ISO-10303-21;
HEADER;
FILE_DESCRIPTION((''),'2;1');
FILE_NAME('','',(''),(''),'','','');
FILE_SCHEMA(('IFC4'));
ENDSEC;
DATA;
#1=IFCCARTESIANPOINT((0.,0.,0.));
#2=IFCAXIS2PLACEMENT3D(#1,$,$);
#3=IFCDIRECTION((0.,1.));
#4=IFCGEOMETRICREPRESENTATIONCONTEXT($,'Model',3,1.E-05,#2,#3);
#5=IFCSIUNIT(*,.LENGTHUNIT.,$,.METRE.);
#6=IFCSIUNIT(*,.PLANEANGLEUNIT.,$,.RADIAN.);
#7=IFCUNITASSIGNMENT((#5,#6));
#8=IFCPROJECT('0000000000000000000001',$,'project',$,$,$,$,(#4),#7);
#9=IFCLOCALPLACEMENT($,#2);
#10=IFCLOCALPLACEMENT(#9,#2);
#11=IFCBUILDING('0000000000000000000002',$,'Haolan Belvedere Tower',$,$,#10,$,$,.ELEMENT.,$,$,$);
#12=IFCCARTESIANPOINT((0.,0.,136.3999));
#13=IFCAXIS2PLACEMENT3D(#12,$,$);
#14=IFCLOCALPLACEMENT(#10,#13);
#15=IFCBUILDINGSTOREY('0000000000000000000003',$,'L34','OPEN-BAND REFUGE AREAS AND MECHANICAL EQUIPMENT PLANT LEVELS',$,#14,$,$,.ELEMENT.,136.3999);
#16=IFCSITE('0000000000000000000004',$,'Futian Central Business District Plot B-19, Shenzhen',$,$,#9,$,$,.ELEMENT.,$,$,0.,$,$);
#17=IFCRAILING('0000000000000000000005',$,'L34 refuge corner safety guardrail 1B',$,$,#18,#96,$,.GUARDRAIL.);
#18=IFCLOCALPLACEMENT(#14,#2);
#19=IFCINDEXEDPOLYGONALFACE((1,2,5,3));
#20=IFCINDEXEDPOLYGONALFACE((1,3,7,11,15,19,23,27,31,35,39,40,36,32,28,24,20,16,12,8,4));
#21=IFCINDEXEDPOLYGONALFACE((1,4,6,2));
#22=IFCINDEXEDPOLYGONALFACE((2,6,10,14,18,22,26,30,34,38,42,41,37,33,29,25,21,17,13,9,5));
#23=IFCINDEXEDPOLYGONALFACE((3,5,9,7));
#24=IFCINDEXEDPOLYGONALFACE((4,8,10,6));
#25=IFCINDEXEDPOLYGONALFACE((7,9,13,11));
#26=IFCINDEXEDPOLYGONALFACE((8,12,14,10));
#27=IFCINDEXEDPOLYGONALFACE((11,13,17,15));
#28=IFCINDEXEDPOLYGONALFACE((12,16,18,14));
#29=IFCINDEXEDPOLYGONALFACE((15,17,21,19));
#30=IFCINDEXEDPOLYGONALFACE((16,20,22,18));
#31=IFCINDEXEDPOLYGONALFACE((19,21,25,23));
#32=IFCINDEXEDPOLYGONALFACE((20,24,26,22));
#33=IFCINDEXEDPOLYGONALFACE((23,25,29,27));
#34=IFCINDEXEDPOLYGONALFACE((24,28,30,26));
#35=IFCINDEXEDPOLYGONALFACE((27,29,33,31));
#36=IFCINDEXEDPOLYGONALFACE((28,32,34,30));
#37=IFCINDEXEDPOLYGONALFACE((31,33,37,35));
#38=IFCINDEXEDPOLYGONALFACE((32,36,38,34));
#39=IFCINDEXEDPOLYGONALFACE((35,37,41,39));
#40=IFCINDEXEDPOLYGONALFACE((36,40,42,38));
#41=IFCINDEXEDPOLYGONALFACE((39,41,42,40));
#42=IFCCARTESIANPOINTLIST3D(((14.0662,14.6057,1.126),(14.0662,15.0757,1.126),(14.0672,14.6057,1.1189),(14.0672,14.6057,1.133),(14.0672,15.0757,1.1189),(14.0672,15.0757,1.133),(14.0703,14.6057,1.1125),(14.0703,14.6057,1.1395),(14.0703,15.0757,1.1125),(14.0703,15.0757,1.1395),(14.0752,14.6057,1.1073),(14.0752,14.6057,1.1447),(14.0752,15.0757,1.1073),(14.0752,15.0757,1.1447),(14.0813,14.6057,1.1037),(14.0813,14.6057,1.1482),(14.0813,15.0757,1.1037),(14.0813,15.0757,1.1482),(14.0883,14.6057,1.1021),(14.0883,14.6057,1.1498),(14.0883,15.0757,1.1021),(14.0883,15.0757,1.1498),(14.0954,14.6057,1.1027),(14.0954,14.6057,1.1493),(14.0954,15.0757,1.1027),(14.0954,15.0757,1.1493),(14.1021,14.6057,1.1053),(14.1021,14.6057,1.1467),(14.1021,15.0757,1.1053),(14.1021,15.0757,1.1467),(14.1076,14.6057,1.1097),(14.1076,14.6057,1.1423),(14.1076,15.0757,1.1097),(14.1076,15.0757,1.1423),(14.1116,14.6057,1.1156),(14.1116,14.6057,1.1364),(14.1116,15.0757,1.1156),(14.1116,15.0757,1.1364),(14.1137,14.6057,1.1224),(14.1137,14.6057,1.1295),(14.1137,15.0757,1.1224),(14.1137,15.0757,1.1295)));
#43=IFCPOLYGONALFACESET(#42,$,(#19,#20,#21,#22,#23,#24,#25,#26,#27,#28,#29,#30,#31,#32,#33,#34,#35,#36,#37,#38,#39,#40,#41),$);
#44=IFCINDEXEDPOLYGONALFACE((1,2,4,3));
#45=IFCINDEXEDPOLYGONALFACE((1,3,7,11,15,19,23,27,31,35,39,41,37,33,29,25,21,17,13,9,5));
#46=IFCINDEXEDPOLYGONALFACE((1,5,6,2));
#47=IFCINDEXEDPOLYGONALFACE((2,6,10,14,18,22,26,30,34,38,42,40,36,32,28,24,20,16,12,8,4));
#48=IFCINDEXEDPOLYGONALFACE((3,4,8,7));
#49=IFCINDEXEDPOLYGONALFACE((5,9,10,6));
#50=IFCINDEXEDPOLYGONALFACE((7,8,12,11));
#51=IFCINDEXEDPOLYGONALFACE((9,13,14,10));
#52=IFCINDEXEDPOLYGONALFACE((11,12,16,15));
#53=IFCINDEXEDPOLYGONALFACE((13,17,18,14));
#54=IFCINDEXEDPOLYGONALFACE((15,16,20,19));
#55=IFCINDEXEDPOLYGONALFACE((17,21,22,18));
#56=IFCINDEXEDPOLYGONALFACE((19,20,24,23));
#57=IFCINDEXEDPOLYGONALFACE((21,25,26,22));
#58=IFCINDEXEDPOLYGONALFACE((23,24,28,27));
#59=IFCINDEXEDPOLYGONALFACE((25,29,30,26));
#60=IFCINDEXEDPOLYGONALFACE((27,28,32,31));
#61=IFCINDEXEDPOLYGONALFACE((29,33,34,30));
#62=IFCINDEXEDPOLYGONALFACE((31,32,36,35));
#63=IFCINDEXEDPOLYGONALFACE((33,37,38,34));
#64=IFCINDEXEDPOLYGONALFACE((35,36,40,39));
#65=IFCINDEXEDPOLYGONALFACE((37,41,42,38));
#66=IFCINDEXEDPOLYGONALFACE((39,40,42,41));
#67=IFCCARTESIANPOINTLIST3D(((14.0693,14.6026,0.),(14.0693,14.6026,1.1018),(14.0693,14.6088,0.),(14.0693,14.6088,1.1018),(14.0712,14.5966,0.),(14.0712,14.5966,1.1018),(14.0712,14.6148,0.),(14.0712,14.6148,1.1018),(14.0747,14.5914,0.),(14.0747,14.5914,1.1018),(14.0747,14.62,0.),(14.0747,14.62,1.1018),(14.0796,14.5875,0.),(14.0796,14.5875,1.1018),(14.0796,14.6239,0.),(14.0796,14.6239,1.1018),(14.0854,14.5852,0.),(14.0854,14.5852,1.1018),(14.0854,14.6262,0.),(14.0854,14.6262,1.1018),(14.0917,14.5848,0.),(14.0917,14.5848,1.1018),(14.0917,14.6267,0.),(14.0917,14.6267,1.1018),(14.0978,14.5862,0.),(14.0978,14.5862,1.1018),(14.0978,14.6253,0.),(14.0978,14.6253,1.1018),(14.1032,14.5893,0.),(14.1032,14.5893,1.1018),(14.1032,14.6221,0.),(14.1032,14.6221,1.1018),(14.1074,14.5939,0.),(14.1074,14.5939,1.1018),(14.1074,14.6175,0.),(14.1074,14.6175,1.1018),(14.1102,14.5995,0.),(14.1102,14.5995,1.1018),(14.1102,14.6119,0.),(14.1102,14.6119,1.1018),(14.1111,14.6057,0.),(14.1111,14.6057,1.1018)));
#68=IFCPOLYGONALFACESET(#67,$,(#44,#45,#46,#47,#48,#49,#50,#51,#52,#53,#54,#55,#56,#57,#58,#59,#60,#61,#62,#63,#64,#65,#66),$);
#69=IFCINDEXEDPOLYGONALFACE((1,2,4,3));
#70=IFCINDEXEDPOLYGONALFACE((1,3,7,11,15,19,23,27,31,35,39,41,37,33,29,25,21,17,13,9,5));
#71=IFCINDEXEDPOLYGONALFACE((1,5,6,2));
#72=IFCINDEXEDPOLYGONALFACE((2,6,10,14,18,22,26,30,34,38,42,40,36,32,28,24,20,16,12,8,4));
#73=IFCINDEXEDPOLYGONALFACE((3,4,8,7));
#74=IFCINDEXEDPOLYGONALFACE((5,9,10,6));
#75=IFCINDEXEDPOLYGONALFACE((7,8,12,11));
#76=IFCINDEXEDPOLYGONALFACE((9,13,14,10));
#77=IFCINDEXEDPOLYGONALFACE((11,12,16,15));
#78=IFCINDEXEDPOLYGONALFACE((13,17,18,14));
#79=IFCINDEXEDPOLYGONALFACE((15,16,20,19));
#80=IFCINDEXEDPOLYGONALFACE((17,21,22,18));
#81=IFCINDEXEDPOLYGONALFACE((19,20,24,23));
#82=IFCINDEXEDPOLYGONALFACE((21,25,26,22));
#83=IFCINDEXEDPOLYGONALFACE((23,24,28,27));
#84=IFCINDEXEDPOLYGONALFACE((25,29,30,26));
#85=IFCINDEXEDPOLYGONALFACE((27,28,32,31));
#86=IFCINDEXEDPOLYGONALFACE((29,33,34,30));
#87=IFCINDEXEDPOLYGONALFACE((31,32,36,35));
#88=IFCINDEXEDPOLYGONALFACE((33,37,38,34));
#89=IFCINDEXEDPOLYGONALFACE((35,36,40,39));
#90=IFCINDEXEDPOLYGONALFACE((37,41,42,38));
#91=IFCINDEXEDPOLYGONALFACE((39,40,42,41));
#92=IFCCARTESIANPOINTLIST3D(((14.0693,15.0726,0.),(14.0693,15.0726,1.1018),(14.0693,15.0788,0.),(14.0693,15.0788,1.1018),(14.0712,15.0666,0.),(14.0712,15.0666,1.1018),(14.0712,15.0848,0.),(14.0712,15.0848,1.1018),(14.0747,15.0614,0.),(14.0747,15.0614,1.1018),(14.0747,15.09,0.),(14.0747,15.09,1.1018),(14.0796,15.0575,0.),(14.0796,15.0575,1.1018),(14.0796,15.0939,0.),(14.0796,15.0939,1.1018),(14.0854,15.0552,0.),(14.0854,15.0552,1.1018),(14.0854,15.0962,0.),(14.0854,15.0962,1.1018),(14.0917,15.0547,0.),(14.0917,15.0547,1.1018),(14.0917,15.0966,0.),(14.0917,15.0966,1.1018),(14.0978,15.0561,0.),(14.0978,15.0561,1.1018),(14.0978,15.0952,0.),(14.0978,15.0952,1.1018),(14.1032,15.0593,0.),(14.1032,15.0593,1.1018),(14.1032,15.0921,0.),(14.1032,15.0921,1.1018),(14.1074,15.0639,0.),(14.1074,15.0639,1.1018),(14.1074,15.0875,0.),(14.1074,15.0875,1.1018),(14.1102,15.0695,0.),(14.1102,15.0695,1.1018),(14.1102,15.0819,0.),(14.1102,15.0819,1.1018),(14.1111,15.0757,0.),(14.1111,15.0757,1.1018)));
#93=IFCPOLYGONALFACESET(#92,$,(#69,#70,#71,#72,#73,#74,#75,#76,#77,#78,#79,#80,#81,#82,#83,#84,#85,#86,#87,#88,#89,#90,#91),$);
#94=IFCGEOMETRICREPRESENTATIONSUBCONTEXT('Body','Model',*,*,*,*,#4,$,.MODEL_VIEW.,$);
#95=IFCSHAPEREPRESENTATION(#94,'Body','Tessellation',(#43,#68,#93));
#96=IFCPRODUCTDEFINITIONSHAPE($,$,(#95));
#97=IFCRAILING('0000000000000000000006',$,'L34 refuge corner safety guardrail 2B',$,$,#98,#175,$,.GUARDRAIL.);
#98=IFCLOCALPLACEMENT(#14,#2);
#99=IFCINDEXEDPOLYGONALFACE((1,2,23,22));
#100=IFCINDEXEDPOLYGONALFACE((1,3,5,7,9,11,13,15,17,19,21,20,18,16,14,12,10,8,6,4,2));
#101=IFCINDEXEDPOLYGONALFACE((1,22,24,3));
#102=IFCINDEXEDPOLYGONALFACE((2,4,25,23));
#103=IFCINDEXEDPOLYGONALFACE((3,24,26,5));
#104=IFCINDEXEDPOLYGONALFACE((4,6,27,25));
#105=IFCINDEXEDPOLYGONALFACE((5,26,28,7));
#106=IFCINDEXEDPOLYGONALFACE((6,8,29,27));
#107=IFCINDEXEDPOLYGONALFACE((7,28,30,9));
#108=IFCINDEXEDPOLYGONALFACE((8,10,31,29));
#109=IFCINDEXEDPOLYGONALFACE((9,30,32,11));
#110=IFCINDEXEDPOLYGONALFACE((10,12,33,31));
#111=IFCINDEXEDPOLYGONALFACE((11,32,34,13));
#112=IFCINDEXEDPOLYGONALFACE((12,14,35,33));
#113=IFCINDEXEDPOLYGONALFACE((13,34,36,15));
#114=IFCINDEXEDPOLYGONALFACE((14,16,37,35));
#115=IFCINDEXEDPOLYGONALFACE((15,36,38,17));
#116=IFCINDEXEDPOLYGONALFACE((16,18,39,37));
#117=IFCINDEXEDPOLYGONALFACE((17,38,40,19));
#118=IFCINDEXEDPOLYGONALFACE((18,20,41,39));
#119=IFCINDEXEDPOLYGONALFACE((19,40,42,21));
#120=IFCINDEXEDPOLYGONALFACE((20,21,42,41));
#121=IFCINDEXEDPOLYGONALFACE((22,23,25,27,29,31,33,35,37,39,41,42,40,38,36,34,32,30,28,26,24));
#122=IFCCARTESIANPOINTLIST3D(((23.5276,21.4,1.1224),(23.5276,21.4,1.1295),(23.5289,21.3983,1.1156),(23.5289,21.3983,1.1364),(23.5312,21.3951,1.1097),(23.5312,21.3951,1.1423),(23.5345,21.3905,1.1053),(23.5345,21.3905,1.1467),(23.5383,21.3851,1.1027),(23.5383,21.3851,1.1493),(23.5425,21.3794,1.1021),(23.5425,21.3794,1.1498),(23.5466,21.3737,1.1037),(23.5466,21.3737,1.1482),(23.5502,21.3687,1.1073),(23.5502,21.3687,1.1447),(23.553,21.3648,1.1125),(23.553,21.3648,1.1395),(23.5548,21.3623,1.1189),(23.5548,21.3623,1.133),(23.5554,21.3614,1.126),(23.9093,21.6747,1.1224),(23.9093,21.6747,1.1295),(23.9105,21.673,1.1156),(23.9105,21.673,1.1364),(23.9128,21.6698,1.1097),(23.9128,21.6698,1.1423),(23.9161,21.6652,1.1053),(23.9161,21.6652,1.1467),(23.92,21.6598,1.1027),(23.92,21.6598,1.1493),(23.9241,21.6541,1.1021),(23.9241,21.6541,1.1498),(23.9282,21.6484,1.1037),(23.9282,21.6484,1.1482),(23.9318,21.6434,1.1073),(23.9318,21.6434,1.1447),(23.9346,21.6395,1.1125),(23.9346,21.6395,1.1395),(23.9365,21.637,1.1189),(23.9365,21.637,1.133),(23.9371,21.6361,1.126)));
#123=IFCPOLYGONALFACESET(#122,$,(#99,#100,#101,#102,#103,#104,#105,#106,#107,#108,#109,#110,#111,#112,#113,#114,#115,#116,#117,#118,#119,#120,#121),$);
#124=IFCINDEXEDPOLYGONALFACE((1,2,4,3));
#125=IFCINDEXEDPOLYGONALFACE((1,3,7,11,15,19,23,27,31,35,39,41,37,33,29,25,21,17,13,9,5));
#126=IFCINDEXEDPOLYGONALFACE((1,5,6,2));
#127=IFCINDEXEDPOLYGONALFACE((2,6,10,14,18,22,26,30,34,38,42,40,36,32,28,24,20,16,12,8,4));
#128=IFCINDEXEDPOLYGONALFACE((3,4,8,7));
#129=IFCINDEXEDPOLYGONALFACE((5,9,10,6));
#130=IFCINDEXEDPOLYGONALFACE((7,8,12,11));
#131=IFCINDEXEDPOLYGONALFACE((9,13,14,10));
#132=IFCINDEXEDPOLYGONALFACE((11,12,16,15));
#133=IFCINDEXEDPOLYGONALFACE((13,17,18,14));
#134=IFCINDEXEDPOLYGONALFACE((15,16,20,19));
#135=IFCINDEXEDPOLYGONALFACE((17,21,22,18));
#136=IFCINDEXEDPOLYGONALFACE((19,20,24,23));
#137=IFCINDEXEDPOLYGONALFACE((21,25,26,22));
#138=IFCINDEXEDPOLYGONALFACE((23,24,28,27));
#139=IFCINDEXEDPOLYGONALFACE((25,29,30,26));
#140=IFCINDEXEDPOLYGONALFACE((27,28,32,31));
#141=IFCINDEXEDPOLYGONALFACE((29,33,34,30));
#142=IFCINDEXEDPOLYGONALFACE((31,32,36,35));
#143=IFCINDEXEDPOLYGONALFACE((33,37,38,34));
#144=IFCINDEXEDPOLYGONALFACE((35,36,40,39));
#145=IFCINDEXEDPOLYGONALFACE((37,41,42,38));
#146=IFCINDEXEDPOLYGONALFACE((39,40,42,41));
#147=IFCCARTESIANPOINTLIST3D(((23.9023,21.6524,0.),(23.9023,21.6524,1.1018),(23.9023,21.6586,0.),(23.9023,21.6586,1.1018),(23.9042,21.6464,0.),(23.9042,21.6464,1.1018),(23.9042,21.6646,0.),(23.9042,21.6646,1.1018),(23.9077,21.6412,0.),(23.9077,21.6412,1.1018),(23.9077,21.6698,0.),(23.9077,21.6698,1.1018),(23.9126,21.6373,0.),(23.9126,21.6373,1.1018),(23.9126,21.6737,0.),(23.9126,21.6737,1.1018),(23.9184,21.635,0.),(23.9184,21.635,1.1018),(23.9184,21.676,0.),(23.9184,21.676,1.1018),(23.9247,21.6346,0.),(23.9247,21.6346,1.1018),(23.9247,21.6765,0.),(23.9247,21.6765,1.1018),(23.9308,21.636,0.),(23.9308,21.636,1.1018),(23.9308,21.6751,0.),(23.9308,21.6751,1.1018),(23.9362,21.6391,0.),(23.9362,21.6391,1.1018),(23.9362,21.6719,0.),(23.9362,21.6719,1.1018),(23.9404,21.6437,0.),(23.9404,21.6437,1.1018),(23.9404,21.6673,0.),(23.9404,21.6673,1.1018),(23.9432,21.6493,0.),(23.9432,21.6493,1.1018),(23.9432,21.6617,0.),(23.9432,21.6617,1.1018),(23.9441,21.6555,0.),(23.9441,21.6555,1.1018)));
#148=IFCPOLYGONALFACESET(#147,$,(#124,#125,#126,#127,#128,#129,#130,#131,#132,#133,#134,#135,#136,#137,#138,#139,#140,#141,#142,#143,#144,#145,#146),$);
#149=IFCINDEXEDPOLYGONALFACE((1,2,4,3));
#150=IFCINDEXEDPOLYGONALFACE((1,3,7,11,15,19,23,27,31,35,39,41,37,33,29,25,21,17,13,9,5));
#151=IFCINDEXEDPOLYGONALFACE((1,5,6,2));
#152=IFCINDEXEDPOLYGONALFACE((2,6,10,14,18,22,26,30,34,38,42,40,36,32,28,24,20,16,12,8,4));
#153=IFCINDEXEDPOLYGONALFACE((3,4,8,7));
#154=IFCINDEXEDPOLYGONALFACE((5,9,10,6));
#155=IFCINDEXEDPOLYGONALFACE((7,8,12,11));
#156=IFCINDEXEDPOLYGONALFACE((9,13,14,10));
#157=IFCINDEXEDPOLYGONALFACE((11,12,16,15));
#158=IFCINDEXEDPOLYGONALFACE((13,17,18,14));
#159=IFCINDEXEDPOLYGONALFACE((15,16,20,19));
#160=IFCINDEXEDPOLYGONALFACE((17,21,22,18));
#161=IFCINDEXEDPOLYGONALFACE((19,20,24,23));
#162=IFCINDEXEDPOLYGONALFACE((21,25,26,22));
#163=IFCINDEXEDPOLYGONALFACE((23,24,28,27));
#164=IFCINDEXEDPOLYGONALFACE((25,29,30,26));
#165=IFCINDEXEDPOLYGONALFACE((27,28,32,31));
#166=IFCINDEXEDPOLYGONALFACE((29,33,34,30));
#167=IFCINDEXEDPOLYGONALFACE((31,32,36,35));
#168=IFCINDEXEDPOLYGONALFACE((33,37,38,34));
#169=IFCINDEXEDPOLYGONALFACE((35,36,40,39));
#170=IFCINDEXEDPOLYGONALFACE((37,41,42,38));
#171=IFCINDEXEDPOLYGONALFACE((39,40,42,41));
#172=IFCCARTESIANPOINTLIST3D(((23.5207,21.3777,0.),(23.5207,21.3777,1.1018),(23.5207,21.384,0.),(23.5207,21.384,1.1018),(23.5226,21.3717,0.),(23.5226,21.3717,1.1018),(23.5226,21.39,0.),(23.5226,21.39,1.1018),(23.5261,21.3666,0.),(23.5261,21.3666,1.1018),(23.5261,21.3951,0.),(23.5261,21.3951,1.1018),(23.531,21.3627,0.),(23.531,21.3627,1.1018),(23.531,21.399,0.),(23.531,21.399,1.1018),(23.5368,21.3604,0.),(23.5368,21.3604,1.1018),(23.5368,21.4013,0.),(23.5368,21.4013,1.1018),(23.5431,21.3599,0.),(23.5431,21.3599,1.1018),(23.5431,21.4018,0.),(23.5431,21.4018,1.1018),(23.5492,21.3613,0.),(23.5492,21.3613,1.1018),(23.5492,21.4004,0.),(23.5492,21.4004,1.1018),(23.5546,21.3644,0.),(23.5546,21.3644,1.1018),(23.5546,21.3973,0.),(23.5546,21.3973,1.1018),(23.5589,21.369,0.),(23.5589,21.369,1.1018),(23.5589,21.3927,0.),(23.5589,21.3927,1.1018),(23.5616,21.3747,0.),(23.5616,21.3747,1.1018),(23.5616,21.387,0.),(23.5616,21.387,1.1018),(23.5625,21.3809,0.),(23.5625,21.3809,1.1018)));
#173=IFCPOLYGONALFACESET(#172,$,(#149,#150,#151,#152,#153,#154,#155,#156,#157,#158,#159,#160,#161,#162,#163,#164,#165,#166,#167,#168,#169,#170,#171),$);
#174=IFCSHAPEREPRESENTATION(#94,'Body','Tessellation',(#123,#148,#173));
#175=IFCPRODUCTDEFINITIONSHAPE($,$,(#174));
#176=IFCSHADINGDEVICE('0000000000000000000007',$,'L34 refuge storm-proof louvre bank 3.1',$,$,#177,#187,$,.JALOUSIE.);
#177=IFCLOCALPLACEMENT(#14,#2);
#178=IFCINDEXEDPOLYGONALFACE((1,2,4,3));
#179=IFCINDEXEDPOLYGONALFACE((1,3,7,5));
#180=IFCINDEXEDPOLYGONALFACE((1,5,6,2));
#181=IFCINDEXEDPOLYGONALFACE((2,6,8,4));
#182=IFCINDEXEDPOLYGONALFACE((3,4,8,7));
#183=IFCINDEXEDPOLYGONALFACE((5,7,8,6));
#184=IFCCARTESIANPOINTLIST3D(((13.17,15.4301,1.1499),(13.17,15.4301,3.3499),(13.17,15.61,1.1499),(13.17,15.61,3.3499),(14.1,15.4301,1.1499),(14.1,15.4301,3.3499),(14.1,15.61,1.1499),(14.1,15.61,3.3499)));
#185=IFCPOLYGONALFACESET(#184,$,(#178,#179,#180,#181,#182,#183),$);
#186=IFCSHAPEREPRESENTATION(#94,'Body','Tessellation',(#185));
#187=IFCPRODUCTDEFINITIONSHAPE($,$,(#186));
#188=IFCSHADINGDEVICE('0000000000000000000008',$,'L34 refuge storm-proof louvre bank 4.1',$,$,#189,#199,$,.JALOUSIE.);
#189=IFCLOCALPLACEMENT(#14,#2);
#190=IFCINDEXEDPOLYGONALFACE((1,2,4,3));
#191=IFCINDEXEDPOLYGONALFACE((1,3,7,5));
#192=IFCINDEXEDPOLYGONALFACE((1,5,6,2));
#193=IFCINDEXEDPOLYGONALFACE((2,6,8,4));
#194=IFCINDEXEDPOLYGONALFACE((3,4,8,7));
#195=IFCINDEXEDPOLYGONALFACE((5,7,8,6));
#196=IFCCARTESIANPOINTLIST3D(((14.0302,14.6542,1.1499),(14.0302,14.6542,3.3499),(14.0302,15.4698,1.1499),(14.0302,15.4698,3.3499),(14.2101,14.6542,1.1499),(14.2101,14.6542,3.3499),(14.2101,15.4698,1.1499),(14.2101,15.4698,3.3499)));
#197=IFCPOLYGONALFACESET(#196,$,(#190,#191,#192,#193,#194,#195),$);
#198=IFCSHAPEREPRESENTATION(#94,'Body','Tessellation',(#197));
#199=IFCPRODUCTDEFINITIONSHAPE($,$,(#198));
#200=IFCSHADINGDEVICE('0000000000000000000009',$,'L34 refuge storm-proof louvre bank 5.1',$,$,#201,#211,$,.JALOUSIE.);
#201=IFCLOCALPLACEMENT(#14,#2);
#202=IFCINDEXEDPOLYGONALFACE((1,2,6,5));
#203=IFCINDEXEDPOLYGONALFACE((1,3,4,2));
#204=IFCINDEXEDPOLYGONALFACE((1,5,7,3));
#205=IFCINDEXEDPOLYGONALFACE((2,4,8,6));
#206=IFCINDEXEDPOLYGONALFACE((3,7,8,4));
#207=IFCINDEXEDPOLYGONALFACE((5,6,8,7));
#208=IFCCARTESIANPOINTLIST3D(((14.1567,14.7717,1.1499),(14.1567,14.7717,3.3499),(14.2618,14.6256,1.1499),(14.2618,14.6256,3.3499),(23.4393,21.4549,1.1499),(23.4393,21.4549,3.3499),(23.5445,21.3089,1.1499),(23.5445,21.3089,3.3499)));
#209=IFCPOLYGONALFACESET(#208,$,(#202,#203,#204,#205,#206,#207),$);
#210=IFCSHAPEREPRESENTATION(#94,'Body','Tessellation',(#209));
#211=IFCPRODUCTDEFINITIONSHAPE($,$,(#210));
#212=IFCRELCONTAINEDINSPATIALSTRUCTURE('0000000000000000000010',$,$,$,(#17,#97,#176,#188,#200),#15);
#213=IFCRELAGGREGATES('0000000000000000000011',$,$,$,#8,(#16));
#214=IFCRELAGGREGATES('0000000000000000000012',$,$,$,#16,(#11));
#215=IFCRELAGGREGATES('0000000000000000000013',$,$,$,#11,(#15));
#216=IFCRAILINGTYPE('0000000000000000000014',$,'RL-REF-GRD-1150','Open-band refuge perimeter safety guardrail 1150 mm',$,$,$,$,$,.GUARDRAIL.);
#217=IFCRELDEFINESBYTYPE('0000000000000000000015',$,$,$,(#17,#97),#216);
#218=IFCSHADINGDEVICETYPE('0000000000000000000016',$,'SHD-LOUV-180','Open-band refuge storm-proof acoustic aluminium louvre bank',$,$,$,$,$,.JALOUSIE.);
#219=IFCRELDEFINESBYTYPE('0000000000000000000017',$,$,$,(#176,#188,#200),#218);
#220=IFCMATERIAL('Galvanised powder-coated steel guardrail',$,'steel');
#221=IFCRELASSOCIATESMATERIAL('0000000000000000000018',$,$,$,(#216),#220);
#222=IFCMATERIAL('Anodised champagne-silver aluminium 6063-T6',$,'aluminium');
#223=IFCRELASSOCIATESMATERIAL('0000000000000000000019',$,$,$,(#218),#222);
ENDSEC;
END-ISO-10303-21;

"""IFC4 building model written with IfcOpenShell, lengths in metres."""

from ifc_helpers import new_model, si_unit, direction, frame, origin, origin_2d, place, context, subcontext, project, spatial, rectangle, circle, extrude, material, type_object, element, save


model = new_model("IFC4")

# Units and contexts
model_context = context("Model", 3, precision=1e-05, world=origin(), true_north=direction((0.0, 1.0)))
body_context = subcontext(model_context, "Body", "Model", "MODEL_VIEW")
ifc_project = project(units=[si_unit("LENGTHUNIT", "METRE"), si_unit("PLANEANGLEUNIT", "RADIAN")], contexts=[model_context])

# Site, building, storey
site_placement = place(None, origin())
site = spatial("IfcSite", under=ifc_project, at=site_placement, Name="Futian Central Business District Plot B-19, Shenzhen", CompositionType="ELEMENT", RefElevation=0.0)
building_placement = place(site_placement, origin())
building = spatial("IfcBuilding", under=site, at=building_placement, Name="Haolan Belvedere Tower", CompositionType="ELEMENT")
storey_placement = place(building_placement, frame((0.0, 0.0, 136.3999)))
storey = spatial("IfcBuildingStorey", under=building, at=storey_placement, Name="L34", Description="OPEN-BAND REFUGE AREAS AND MECHANICAL EQUIPMENT PLANT LEVELS", CompositionType="ELEMENT", Elevation=136.3999)

# Railings
ifc_material_1 = material(Name="Galvanised powder-coated steel guardrail", Category="steel")
railing_type = type_object("IfcRailingType", Name="RL-REF-GRD-1150", Description="Open-band refuge perimeter safety guardrail 1150 mm", PredefinedType="GUARDRAIL", material=ifc_material_1)
railing_1_placement = place(storey_placement, frame((14.0901, 14.6057, 0.0)))
element("IfcRailing", 1, at=railing_1_placement, inside=storey, type_object=railing_type, Name="L34 refuge corner safety guardrail 1B", PredefinedType="GUARDRAIL", context=body_context, shape_type="SweptSolid", body=[
    extrude(circle(Radius=0.0239, at=origin_2d()), frame((0.0, 0.0, 1.126), z_axis=(0.0, 1.0, 0.0), x_axis=(-1.0, 0.0, 0.0)), (0.0, 0.0, 1.0), 0.47),
    extrude(circle(Radius=0.021, at=origin_2d()), origin(), (0.0, 0.0, 1.0), 1.1018),
    extrude(circle(Radius=0.021, at=origin_2d()), frame((0.0, 0.47, 0.0)), (0.0, 0.0, 1.0), 1.1018),
])
railing_2_placement = place(storey_placement, frame((23.9231, 21.6555, 0.0)))
element("IfcRailing", 2, at=railing_2_placement, inside=storey, type_object=railing_type, Name="L34 refuge corner safety guardrail 2B", PredefinedType="GUARDRAIL", context=body_context, shape_type="SweptSolid", body=[
    extrude(circle(Radius=0.0239, at=origin_2d()), frame((0.0, 0.0, 1.126), z_axis=(-0.811623, -0.584182, 0.0), x_axis=(0.584182, -0.811623, 0.0)), (0.0, 0.0, 1.0), 0.4702),
    extrude(circle(Radius=0.021, at=origin_2d()), origin(), (0.0, 0.0, 1.0), 1.1018),
    extrude(circle(Radius=0.021, at=origin_2d()), frame((-0.3816, -0.2747, 0.0)), (0.0, 0.0, 1.0), 1.1018),
])

# Shading devices
ifc_material_2 = material(Name="Anodised champagne-silver aluminium 6063-T6", Category="aluminium")
shading_device_type = type_object("IfcShadingDeviceType", Name="SHD-LOUV-180", Description="Open-band refuge storm-proof acoustic aluminium louvre bank", PredefinedType="JALOUSIE", material=ifc_material_2)
shading_device_1_placement = place(storey_placement, frame((13.635, 15.52, 1.1499), z_axis=(0.0, 0.0, 1.0), x_axis=(1.0, 0.0, 0.0)))
element("IfcShadingDevice", 3, at=shading_device_1_placement, inside=storey, type_object=shading_device_type, Name="L34 refuge storm-proof louvre bank 3.1", PredefinedType="JALOUSIE", context=body_context, shape_type="SweptSolid", body=[
    extrude(rectangle(XDim=0.9299, YDim=0.1799, at=origin_2d()), origin(), (0.0, 0.0, 1.0), 2.2),
])
shading_device_2_placement = place(storey_placement, frame((14.1201, 15.062, 1.1499), z_axis=(0.0, 0.0, 1.0), x_axis=(0.0, -1.0, 0.0)))
element("IfcShadingDevice", 4, at=shading_device_2_placement, inside=storey, type_object=shading_device_type, Name="L34 refuge storm-proof louvre bank 4.1", PredefinedType="JALOUSIE", context=body_context, shape_type="SweptSolid", body=[
    extrude(rectangle(XDim=0.8157, YDim=0.1799, at=origin_2d()), origin(), (0.0, 0.0, 1.0), 2.2),
])
shading_device_3_placement = place(storey_placement, frame((18.8506, 18.0403, 1.1499), z_axis=(0.0, 0.0, 1.0), x_axis=(0.811543, 0.584292, 0.0)))
element("IfcShadingDevice", 5, at=shading_device_3_placement, inside=storey, type_object=shading_device_type, Name="L34 refuge storm-proof louvre bank 5.1", PredefinedType="JALOUSIE", context=body_context, shape_type="SweptSolid", body=[
    extrude(rectangle(XDim=11.4382, YDim=0.1799, at=origin_2d()), origin(), (0.0, 0.0, 1.0), 2.2),
])

save(model, "model.ifc")
